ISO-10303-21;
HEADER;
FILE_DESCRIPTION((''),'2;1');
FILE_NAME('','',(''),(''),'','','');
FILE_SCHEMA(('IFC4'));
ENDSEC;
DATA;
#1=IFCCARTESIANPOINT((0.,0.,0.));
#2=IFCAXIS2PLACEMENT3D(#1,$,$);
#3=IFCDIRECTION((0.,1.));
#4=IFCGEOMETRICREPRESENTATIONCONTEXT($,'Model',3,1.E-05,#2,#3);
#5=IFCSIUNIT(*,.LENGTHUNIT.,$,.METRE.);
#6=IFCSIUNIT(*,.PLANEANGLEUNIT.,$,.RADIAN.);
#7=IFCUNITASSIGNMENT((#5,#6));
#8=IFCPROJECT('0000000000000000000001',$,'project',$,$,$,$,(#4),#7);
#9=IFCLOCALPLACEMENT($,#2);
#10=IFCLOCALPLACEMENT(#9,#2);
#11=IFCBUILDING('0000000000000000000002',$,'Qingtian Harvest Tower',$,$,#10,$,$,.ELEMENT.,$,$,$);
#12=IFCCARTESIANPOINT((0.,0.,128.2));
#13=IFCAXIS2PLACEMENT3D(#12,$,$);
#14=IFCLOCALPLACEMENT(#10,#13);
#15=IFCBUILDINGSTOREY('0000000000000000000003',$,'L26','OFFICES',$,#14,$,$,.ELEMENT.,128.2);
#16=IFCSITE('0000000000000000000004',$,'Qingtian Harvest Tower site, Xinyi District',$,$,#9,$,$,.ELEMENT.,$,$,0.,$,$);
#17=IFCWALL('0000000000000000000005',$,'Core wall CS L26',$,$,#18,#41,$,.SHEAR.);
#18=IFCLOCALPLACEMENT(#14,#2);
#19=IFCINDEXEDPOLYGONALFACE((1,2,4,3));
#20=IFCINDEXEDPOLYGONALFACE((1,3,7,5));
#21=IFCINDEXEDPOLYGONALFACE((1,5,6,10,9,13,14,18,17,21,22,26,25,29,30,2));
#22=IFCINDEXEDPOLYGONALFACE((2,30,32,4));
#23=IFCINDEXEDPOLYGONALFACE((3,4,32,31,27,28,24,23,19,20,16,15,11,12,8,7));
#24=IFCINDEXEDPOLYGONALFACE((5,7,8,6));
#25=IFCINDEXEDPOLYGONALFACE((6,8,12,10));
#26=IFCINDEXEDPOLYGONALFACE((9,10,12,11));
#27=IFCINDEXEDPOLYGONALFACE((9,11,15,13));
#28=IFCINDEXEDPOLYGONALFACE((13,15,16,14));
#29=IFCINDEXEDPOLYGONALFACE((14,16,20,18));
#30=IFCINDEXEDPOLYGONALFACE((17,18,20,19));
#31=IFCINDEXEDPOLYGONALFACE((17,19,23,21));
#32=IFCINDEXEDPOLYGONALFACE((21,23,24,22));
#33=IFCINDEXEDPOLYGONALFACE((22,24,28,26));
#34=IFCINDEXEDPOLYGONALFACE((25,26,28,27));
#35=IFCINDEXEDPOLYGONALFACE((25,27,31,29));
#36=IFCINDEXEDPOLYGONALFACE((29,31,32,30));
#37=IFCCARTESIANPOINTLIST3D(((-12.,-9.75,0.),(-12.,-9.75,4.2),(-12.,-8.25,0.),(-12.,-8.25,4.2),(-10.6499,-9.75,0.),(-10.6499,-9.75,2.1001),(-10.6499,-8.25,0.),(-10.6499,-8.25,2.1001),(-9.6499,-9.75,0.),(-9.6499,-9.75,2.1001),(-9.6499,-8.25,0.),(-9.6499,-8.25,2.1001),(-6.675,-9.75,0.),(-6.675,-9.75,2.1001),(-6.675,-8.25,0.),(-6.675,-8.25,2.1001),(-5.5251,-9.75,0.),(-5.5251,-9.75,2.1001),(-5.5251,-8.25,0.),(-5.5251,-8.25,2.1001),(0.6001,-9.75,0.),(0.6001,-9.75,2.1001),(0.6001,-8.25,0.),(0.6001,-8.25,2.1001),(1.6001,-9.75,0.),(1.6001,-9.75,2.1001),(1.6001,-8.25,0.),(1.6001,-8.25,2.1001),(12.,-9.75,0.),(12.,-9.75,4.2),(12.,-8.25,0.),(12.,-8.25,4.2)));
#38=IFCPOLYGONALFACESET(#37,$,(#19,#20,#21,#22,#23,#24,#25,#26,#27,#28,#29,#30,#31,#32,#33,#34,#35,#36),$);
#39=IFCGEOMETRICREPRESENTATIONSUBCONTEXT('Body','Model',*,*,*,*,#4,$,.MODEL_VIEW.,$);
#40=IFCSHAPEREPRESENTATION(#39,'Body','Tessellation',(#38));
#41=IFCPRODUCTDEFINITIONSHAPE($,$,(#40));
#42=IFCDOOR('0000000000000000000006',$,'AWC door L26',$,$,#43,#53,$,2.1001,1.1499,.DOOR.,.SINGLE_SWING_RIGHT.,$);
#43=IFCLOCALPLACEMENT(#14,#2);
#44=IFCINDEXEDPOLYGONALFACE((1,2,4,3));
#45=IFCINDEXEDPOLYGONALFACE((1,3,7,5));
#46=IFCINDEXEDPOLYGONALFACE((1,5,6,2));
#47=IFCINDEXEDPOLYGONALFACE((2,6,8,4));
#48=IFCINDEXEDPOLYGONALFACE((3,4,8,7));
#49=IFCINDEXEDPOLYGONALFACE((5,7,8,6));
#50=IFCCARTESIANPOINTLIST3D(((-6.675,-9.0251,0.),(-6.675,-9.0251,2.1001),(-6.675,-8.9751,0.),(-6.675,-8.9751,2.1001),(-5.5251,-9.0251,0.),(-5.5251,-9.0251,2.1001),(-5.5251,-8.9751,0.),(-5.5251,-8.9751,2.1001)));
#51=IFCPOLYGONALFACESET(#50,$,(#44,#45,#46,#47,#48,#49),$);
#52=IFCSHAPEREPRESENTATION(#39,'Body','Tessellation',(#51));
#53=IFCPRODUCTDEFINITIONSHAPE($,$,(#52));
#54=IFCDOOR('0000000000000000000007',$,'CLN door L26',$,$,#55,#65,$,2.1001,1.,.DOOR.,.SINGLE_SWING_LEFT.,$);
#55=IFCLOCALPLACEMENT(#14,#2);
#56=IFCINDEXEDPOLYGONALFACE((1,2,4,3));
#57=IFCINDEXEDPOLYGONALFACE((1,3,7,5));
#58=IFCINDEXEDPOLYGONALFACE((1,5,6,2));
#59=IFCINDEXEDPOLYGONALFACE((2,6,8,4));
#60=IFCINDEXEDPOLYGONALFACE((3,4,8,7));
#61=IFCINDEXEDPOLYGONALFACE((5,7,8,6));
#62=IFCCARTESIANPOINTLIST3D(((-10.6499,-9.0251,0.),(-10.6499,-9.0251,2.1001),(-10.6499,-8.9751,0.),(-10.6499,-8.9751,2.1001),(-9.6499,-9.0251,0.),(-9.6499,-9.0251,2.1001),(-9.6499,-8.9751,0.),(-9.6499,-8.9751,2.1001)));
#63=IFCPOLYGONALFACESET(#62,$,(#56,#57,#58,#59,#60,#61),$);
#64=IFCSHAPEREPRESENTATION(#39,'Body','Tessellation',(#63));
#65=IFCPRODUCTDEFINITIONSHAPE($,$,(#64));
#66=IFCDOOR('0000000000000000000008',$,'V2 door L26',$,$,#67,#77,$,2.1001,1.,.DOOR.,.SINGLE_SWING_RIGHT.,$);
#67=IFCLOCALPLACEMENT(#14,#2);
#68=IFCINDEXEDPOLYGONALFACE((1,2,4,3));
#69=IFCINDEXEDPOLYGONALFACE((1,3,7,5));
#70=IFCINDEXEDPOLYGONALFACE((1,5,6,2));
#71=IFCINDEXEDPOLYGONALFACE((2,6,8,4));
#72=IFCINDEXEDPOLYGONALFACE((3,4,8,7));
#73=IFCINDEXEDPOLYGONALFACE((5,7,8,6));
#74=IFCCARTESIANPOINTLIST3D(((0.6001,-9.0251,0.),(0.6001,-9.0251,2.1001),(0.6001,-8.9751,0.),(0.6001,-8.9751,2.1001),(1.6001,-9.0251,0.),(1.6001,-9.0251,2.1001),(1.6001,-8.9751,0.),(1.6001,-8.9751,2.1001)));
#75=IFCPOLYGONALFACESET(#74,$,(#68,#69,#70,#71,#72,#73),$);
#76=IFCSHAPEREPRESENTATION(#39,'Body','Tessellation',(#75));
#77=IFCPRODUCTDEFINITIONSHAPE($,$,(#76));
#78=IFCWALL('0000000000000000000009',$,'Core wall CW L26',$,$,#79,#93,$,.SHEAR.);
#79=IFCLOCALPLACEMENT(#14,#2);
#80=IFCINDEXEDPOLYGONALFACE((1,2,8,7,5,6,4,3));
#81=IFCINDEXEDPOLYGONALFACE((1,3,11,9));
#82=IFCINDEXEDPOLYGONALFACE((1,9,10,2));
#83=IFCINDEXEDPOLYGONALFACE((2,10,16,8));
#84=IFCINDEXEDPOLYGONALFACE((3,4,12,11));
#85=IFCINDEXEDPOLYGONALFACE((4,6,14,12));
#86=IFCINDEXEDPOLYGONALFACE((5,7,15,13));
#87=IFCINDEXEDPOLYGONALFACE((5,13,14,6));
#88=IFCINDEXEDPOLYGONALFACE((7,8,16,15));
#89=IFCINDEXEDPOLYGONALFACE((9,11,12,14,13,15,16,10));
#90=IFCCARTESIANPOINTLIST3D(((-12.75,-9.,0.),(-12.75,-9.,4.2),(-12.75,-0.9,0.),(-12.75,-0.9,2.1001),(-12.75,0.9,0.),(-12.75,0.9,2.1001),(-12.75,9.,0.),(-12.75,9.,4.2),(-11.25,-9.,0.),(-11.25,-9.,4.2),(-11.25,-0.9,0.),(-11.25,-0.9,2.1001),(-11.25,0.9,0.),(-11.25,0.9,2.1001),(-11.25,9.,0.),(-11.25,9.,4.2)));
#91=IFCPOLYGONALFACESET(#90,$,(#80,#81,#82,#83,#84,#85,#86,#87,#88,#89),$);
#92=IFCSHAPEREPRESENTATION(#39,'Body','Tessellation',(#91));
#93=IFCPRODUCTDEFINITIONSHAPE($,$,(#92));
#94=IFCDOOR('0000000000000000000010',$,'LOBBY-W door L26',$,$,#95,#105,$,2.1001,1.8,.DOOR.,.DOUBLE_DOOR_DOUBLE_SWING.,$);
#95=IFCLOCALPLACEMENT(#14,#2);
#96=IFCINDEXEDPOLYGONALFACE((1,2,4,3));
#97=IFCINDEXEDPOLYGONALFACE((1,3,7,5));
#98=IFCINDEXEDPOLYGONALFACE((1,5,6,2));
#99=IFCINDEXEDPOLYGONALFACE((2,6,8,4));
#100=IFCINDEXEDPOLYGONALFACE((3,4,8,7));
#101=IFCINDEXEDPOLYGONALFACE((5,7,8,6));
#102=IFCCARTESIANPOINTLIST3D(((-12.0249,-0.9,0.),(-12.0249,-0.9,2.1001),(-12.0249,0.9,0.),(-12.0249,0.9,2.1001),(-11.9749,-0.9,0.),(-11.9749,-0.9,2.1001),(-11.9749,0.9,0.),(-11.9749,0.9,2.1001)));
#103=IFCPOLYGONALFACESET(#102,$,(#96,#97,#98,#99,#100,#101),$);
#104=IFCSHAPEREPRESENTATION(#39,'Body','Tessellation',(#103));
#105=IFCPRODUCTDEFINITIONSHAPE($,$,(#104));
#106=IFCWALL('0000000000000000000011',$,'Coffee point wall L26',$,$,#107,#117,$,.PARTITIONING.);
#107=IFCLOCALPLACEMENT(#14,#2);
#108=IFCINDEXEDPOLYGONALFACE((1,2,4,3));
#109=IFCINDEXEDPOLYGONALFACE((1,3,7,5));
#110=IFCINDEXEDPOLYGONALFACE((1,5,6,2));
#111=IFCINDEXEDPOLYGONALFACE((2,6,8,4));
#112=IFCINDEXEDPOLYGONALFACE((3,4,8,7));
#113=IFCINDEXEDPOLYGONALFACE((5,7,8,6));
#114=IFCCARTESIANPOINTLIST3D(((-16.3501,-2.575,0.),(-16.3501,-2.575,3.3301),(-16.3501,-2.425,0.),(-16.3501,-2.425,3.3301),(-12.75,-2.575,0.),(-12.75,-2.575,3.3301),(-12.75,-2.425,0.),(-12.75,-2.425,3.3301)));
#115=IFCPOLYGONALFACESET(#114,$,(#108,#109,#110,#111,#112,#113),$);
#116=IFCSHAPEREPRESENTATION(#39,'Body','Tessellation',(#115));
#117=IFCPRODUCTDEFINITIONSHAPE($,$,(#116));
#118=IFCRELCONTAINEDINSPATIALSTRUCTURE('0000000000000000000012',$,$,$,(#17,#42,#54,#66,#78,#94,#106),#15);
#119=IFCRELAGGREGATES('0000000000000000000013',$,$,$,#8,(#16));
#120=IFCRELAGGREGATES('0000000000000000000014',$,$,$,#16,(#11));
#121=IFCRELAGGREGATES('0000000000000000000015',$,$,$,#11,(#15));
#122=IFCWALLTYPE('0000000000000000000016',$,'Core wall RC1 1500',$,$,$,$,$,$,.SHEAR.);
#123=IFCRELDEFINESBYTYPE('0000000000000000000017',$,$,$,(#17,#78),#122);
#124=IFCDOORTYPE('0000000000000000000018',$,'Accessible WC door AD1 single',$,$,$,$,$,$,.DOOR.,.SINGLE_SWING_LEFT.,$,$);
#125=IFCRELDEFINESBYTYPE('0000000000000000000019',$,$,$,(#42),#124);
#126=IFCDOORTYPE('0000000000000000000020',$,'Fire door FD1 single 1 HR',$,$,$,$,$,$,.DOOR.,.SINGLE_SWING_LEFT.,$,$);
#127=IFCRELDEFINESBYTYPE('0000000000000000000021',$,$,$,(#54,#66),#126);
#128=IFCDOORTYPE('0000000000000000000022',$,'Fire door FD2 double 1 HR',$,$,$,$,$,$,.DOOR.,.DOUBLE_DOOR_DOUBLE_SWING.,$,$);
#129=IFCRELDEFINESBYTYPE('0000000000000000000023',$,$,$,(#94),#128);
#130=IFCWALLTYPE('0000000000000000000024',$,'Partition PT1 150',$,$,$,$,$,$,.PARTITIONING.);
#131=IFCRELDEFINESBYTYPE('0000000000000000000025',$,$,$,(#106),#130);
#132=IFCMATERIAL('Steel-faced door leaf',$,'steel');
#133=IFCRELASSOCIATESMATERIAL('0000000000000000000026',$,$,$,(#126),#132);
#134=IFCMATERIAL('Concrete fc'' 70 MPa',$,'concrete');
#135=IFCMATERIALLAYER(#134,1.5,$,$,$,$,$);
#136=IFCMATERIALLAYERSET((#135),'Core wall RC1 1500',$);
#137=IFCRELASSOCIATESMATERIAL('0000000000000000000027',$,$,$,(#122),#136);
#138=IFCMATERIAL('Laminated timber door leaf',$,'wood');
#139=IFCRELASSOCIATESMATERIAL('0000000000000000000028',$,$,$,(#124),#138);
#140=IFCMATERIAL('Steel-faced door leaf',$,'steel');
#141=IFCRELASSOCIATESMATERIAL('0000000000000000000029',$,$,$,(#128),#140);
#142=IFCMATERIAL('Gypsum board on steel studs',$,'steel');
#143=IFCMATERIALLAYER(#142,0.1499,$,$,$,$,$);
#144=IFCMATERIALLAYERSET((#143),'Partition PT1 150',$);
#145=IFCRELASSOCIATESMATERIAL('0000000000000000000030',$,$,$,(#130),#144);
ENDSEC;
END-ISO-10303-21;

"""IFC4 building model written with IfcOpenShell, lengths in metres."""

from ifc_helpers import new_model, si_unit, direction, frame, frame_2d, origin, place, context, subcontext, project, spatial, rectangle, extrude, material, layer, layer_set, type_object, element, fill, save


model = new_model("IFC4")

# Units and contexts
model_context = context("Model", 3, precision=1e-05, world=origin(), true_north=direction((0.0, 1.0)))
body_context = subcontext(model_context, "Body", "Model", "MODEL_VIEW")
ifc_project = project(units=[si_unit("LENGTHUNIT", "METRE"), si_unit("PLANEANGLEUNIT", "RADIAN")], contexts=[model_context])

# Site, building, storey
site_placement = place(None, origin())
site = spatial("IfcSite", under=ifc_project, at=site_placement, Name="Qingtian Harvest Tower site, Xinyi District", CompositionType="ELEMENT", RefElevation=0.0)
building_placement = place(site_placement, origin())
building = spatial("IfcBuilding", under=site, at=building_placement, Name="Qingtian Harvest Tower", CompositionType="ELEMENT")
storey_placement = place(building_placement, frame((0.0, 0.0, 128.2)))
storey = spatial("IfcBuildingStorey", under=building, at=storey_placement, Name="L26", Description="OFFICES", CompositionType="ELEMENT", Elevation=128.2)

# Shared definitions
ifc_material_1 = material(Name="Steel-faced door leaf", Category="steel")
door_type_1 = type_object("IfcDoorType", Name="Fire door FD1 single 1 HR", OperationType="SINGLE_SWING_LEFT", PredefinedType="DOOR", material=ifc_material_1)

# Wall, openings, doors
ifc_material_2 = material(Name="Concrete fc' 70 MPa", Category="concrete")
ifc_layer_1 = layer(ifc_material_2, 1.5)
ifc_layer_set_1 = layer_set([ifc_layer_1], Name="Core wall RC1 1500")
wall_type_1 = type_object("IfcWallType", Name="Core wall RC1 1500", PredefinedType="SHEAR", material=ifc_layer_set_1)
wall_1_placement = place(storey_placement, frame((-12.0, -9.0, 0.0), z_axis=(0.0, 0.0, 1.0), x_axis=(1.0, 0.0, 0.0)))
wall_1 = element("IfcWall", 1, at=wall_1_placement, inside=storey, type_object=wall_type_1, Name="Core wall CS L26", PredefinedType="SHEAR", context=body_context, shape_type="SweptSolid", body=[
    extrude(rectangle(XDim=24.0, YDim=1.5, at=frame_2d((12.0, 0.0))), origin(), (0.0, 0.0, 1.0), 4.2),
])
opening_1_placement = place(wall_1_placement, frame((1.3501, 0.0, 0.0)))
opening_1 = element("IfcOpeningElement", 2, at=opening_1_placement, cuts=wall_1, PredefinedType="OPENING", context=body_context, shape_type="SweptSolid", body=[
    extrude(rectangle(XDim=1.0, YDim=2.1001, at=frame_2d((0.5, 1.05))), frame((0.0, 0.76, 0.0), z_axis=(0.0, -1.0, 0.0), x_axis=(1.0, 0.0, 0.0)), (0.0, 0.0, 1.0), 1.52),
])
opening_2_placement = place(wall_1_placement, frame((5.325, 0.0, 0.0)))
opening_2 = element("IfcOpeningElement", 3, at=opening_2_placement, cuts=wall_1, PredefinedType="OPENING", context=body_context, shape_type="SweptSolid", body=[
    extrude(rectangle(XDim=1.1499, YDim=2.1001, at=frame_2d((0.575, 1.05))), frame((0.0, 0.76, 0.0), z_axis=(0.0, -1.0, 0.0), x_axis=(1.0, 0.0, 0.0)), (0.0, 0.0, 1.0), 1.52),
])
opening_3_placement = place(wall_1_placement, frame((12.6001, 0.0, 0.0)))
opening_3 = element("IfcOpeningElement", 4, at=opening_3_placement, cuts=wall_1, PredefinedType="OPENING", context=body_context, shape_type="SweptSolid", body=[
    extrude(rectangle(XDim=1.0, YDim=2.1001, at=frame_2d((0.5, 1.05))), frame((0.0, 0.76, 0.0), z_axis=(0.0, -1.0, 0.0), x_axis=(1.0, 0.0, 0.0)), (0.0, 0.0, 1.0), 1.52),
])
ifc_material_3 = material(Name="Laminated timber door leaf", Category="wood")
door_type_2 = type_object("IfcDoorType", Name="Accessible WC door AD1 single", OperationType="SINGLE_SWING_LEFT", PredefinedType="DOOR", material=ifc_material_3)
door_1_placement = place(opening_2_placement, origin())
door_1 = element("IfcDoor", 5, at=door_1_placement, inside=storey, type_object=door_type_2, Name="AWC door L26", OperationType="SINGLE_SWING_RIGHT", OverallHeight=2.1001, OverallWidth=1.1499, PredefinedType="DOOR", context=body_context, shape_type="SweptSolid", body=[
    extrude(rectangle(XDim=1.1499, YDim=2.1001, at=frame_2d((0.575, 1.05))), frame((0.0, 0.0249, 0.0), z_axis=(0.0, -1.0, 0.0), x_axis=(1.0, 0.0, 0.0)), (0.0, 0.0, 1.0), 0.05),
])
fill(opening_2, door_1)
door_2_placement = place(opening_1_placement, origin())
door_2 = element("IfcDoor", 6, at=door_2_placement, inside=storey, type_object=door_type_1, Name="CLN door L26", OperationType="SINGLE_SWING_LEFT", OverallHeight=2.1001, OverallWidth=1.0, PredefinedType="DOOR", context=body_context, shape_type="SweptSolid", body=[
    extrude(rectangle(XDim=1.0, YDim=2.1001, at=frame_2d((0.5, 1.05))), frame((0.0, 0.0249, 0.0), z_axis=(0.0, -1.0, 0.0), x_axis=(1.0, 0.0, 0.0)), (0.0, 0.0, 1.0), 0.05),
])
fill(opening_1, door_2)
door_3_placement = place(opening_3_placement, origin())
door_3 = element("IfcDoor", 7, at=door_3_placement, inside=storey, type_object=door_type_1, Name="V2 door L26", OperationType="SINGLE_SWING_RIGHT", OverallHeight=2.1001, OverallWidth=1.0, PredefinedType="DOOR", context=body_context, shape_type="SweptSolid", body=[
    extrude(rectangle(XDim=1.0, YDim=2.1001, at=frame_2d((0.5, 1.05))), frame((0.0, 0.0249, 0.0), z_axis=(0.0, -1.0, 0.0), x_axis=(1.0, 0.0, 0.0)), (0.0, 0.0, 1.0), 0.05),
])
fill(opening_3, door_3)

# Wall, opening, door
wall_2_placement = place(storey_placement, frame((-12.0, -9.0, 0.0), z_axis=(0.0, 0.0, 1.0), x_axis=(0.0, 1.0, 0.0)))
wall_2 = element("IfcWall", 8, at=wall_2_placement, inside=storey, type_object=wall_type_1, Name="Core wall CW L26", PredefinedType="SHEAR", context=body_context, shape_type="SweptSolid", body=[
    extrude(rectangle(XDim=18.0, YDim=1.5, at=frame_2d((9.0, 0.0))), origin(), (0.0, 0.0, 1.0), 4.2),
])
opening_4_placement = place(wall_2_placement, frame((8.1001, 0.0, 0.0)))
opening_4 = element("IfcOpeningElement", 9, at=opening_4_placement, cuts=wall_2, PredefinedType="OPENING", context=body_context, shape_type="SweptSolid", body=[
    extrude(rectangle(XDim=1.8, YDim=2.1001, at=frame_2d((0.8999, 1.05))), frame((0.0, 0.76, 0.0), z_axis=(0.0, -1.0, 0.0), x_axis=(1.0, 0.0, 0.0)), (0.0, 0.0, 1.0), 1.52),
])
ifc_material_4 = material(Name="Steel-faced door leaf", Category="steel")
door_type_3 = type_object("IfcDoorType", Name="Fire door FD2 double 1 HR", OperationType="DOUBLE_DOOR_DOUBLE_SWING", PredefinedType="DOOR", material=ifc_material_4)
door_4_placement = place(opening_4_placement, origin())
door_4 = element("IfcDoor", 10, at=door_4_placement, inside=storey, type_object=door_type_3, Name="LOBBY-W door L26", OperationType="DOUBLE_DOOR_DOUBLE_SWING", OverallHeight=2.1001, OverallWidth=1.8, PredefinedType="DOOR", context=body_context, shape_type="SweptSolid", body=[
    extrude(rectangle(XDim=1.8, YDim=2.1001, at=frame_2d((0.8999, 1.05))), frame((0.0, 0.0249, 0.0), z_axis=(0.0, -1.0, 0.0), x_axis=(1.0, 0.0, 0.0)), (0.0, 0.0, 1.0), 0.05),
])
fill(opening_4, door_4)

# Wall
ifc_material_5 = material(Name="Gypsum board on steel studs", Category="steel")
ifc_layer_2 = layer(ifc_material_5, 0.1499)
ifc_layer_set_2 = layer_set([ifc_layer_2], Name="Partition PT1 150")
wall_type_2 = type_object("IfcWallType", Name="Partition PT1 150", PredefinedType="PARTITIONING", material=ifc_layer_set_2)
wall_3_placement = place(storey_placement, frame((-12.75, -2.5, 0.0), z_axis=(0.0, 0.0, 1.0), x_axis=(-1.0, 0.0, 0.0)))
element("IfcWall", 11, at=wall_3_placement, inside=storey, type_object=wall_type_2, Name="Coffee point wall L26", PredefinedType="PARTITIONING", context=body_context, shape_type="SweptSolid", body=[
    extrude(rectangle(XDim=3.6001, YDim=0.1499, at=frame_2d((1.8, 0.0))), origin(), (0.0, 0.0, 1.0), 3.3301),
])

save(model, "model.ifc")
